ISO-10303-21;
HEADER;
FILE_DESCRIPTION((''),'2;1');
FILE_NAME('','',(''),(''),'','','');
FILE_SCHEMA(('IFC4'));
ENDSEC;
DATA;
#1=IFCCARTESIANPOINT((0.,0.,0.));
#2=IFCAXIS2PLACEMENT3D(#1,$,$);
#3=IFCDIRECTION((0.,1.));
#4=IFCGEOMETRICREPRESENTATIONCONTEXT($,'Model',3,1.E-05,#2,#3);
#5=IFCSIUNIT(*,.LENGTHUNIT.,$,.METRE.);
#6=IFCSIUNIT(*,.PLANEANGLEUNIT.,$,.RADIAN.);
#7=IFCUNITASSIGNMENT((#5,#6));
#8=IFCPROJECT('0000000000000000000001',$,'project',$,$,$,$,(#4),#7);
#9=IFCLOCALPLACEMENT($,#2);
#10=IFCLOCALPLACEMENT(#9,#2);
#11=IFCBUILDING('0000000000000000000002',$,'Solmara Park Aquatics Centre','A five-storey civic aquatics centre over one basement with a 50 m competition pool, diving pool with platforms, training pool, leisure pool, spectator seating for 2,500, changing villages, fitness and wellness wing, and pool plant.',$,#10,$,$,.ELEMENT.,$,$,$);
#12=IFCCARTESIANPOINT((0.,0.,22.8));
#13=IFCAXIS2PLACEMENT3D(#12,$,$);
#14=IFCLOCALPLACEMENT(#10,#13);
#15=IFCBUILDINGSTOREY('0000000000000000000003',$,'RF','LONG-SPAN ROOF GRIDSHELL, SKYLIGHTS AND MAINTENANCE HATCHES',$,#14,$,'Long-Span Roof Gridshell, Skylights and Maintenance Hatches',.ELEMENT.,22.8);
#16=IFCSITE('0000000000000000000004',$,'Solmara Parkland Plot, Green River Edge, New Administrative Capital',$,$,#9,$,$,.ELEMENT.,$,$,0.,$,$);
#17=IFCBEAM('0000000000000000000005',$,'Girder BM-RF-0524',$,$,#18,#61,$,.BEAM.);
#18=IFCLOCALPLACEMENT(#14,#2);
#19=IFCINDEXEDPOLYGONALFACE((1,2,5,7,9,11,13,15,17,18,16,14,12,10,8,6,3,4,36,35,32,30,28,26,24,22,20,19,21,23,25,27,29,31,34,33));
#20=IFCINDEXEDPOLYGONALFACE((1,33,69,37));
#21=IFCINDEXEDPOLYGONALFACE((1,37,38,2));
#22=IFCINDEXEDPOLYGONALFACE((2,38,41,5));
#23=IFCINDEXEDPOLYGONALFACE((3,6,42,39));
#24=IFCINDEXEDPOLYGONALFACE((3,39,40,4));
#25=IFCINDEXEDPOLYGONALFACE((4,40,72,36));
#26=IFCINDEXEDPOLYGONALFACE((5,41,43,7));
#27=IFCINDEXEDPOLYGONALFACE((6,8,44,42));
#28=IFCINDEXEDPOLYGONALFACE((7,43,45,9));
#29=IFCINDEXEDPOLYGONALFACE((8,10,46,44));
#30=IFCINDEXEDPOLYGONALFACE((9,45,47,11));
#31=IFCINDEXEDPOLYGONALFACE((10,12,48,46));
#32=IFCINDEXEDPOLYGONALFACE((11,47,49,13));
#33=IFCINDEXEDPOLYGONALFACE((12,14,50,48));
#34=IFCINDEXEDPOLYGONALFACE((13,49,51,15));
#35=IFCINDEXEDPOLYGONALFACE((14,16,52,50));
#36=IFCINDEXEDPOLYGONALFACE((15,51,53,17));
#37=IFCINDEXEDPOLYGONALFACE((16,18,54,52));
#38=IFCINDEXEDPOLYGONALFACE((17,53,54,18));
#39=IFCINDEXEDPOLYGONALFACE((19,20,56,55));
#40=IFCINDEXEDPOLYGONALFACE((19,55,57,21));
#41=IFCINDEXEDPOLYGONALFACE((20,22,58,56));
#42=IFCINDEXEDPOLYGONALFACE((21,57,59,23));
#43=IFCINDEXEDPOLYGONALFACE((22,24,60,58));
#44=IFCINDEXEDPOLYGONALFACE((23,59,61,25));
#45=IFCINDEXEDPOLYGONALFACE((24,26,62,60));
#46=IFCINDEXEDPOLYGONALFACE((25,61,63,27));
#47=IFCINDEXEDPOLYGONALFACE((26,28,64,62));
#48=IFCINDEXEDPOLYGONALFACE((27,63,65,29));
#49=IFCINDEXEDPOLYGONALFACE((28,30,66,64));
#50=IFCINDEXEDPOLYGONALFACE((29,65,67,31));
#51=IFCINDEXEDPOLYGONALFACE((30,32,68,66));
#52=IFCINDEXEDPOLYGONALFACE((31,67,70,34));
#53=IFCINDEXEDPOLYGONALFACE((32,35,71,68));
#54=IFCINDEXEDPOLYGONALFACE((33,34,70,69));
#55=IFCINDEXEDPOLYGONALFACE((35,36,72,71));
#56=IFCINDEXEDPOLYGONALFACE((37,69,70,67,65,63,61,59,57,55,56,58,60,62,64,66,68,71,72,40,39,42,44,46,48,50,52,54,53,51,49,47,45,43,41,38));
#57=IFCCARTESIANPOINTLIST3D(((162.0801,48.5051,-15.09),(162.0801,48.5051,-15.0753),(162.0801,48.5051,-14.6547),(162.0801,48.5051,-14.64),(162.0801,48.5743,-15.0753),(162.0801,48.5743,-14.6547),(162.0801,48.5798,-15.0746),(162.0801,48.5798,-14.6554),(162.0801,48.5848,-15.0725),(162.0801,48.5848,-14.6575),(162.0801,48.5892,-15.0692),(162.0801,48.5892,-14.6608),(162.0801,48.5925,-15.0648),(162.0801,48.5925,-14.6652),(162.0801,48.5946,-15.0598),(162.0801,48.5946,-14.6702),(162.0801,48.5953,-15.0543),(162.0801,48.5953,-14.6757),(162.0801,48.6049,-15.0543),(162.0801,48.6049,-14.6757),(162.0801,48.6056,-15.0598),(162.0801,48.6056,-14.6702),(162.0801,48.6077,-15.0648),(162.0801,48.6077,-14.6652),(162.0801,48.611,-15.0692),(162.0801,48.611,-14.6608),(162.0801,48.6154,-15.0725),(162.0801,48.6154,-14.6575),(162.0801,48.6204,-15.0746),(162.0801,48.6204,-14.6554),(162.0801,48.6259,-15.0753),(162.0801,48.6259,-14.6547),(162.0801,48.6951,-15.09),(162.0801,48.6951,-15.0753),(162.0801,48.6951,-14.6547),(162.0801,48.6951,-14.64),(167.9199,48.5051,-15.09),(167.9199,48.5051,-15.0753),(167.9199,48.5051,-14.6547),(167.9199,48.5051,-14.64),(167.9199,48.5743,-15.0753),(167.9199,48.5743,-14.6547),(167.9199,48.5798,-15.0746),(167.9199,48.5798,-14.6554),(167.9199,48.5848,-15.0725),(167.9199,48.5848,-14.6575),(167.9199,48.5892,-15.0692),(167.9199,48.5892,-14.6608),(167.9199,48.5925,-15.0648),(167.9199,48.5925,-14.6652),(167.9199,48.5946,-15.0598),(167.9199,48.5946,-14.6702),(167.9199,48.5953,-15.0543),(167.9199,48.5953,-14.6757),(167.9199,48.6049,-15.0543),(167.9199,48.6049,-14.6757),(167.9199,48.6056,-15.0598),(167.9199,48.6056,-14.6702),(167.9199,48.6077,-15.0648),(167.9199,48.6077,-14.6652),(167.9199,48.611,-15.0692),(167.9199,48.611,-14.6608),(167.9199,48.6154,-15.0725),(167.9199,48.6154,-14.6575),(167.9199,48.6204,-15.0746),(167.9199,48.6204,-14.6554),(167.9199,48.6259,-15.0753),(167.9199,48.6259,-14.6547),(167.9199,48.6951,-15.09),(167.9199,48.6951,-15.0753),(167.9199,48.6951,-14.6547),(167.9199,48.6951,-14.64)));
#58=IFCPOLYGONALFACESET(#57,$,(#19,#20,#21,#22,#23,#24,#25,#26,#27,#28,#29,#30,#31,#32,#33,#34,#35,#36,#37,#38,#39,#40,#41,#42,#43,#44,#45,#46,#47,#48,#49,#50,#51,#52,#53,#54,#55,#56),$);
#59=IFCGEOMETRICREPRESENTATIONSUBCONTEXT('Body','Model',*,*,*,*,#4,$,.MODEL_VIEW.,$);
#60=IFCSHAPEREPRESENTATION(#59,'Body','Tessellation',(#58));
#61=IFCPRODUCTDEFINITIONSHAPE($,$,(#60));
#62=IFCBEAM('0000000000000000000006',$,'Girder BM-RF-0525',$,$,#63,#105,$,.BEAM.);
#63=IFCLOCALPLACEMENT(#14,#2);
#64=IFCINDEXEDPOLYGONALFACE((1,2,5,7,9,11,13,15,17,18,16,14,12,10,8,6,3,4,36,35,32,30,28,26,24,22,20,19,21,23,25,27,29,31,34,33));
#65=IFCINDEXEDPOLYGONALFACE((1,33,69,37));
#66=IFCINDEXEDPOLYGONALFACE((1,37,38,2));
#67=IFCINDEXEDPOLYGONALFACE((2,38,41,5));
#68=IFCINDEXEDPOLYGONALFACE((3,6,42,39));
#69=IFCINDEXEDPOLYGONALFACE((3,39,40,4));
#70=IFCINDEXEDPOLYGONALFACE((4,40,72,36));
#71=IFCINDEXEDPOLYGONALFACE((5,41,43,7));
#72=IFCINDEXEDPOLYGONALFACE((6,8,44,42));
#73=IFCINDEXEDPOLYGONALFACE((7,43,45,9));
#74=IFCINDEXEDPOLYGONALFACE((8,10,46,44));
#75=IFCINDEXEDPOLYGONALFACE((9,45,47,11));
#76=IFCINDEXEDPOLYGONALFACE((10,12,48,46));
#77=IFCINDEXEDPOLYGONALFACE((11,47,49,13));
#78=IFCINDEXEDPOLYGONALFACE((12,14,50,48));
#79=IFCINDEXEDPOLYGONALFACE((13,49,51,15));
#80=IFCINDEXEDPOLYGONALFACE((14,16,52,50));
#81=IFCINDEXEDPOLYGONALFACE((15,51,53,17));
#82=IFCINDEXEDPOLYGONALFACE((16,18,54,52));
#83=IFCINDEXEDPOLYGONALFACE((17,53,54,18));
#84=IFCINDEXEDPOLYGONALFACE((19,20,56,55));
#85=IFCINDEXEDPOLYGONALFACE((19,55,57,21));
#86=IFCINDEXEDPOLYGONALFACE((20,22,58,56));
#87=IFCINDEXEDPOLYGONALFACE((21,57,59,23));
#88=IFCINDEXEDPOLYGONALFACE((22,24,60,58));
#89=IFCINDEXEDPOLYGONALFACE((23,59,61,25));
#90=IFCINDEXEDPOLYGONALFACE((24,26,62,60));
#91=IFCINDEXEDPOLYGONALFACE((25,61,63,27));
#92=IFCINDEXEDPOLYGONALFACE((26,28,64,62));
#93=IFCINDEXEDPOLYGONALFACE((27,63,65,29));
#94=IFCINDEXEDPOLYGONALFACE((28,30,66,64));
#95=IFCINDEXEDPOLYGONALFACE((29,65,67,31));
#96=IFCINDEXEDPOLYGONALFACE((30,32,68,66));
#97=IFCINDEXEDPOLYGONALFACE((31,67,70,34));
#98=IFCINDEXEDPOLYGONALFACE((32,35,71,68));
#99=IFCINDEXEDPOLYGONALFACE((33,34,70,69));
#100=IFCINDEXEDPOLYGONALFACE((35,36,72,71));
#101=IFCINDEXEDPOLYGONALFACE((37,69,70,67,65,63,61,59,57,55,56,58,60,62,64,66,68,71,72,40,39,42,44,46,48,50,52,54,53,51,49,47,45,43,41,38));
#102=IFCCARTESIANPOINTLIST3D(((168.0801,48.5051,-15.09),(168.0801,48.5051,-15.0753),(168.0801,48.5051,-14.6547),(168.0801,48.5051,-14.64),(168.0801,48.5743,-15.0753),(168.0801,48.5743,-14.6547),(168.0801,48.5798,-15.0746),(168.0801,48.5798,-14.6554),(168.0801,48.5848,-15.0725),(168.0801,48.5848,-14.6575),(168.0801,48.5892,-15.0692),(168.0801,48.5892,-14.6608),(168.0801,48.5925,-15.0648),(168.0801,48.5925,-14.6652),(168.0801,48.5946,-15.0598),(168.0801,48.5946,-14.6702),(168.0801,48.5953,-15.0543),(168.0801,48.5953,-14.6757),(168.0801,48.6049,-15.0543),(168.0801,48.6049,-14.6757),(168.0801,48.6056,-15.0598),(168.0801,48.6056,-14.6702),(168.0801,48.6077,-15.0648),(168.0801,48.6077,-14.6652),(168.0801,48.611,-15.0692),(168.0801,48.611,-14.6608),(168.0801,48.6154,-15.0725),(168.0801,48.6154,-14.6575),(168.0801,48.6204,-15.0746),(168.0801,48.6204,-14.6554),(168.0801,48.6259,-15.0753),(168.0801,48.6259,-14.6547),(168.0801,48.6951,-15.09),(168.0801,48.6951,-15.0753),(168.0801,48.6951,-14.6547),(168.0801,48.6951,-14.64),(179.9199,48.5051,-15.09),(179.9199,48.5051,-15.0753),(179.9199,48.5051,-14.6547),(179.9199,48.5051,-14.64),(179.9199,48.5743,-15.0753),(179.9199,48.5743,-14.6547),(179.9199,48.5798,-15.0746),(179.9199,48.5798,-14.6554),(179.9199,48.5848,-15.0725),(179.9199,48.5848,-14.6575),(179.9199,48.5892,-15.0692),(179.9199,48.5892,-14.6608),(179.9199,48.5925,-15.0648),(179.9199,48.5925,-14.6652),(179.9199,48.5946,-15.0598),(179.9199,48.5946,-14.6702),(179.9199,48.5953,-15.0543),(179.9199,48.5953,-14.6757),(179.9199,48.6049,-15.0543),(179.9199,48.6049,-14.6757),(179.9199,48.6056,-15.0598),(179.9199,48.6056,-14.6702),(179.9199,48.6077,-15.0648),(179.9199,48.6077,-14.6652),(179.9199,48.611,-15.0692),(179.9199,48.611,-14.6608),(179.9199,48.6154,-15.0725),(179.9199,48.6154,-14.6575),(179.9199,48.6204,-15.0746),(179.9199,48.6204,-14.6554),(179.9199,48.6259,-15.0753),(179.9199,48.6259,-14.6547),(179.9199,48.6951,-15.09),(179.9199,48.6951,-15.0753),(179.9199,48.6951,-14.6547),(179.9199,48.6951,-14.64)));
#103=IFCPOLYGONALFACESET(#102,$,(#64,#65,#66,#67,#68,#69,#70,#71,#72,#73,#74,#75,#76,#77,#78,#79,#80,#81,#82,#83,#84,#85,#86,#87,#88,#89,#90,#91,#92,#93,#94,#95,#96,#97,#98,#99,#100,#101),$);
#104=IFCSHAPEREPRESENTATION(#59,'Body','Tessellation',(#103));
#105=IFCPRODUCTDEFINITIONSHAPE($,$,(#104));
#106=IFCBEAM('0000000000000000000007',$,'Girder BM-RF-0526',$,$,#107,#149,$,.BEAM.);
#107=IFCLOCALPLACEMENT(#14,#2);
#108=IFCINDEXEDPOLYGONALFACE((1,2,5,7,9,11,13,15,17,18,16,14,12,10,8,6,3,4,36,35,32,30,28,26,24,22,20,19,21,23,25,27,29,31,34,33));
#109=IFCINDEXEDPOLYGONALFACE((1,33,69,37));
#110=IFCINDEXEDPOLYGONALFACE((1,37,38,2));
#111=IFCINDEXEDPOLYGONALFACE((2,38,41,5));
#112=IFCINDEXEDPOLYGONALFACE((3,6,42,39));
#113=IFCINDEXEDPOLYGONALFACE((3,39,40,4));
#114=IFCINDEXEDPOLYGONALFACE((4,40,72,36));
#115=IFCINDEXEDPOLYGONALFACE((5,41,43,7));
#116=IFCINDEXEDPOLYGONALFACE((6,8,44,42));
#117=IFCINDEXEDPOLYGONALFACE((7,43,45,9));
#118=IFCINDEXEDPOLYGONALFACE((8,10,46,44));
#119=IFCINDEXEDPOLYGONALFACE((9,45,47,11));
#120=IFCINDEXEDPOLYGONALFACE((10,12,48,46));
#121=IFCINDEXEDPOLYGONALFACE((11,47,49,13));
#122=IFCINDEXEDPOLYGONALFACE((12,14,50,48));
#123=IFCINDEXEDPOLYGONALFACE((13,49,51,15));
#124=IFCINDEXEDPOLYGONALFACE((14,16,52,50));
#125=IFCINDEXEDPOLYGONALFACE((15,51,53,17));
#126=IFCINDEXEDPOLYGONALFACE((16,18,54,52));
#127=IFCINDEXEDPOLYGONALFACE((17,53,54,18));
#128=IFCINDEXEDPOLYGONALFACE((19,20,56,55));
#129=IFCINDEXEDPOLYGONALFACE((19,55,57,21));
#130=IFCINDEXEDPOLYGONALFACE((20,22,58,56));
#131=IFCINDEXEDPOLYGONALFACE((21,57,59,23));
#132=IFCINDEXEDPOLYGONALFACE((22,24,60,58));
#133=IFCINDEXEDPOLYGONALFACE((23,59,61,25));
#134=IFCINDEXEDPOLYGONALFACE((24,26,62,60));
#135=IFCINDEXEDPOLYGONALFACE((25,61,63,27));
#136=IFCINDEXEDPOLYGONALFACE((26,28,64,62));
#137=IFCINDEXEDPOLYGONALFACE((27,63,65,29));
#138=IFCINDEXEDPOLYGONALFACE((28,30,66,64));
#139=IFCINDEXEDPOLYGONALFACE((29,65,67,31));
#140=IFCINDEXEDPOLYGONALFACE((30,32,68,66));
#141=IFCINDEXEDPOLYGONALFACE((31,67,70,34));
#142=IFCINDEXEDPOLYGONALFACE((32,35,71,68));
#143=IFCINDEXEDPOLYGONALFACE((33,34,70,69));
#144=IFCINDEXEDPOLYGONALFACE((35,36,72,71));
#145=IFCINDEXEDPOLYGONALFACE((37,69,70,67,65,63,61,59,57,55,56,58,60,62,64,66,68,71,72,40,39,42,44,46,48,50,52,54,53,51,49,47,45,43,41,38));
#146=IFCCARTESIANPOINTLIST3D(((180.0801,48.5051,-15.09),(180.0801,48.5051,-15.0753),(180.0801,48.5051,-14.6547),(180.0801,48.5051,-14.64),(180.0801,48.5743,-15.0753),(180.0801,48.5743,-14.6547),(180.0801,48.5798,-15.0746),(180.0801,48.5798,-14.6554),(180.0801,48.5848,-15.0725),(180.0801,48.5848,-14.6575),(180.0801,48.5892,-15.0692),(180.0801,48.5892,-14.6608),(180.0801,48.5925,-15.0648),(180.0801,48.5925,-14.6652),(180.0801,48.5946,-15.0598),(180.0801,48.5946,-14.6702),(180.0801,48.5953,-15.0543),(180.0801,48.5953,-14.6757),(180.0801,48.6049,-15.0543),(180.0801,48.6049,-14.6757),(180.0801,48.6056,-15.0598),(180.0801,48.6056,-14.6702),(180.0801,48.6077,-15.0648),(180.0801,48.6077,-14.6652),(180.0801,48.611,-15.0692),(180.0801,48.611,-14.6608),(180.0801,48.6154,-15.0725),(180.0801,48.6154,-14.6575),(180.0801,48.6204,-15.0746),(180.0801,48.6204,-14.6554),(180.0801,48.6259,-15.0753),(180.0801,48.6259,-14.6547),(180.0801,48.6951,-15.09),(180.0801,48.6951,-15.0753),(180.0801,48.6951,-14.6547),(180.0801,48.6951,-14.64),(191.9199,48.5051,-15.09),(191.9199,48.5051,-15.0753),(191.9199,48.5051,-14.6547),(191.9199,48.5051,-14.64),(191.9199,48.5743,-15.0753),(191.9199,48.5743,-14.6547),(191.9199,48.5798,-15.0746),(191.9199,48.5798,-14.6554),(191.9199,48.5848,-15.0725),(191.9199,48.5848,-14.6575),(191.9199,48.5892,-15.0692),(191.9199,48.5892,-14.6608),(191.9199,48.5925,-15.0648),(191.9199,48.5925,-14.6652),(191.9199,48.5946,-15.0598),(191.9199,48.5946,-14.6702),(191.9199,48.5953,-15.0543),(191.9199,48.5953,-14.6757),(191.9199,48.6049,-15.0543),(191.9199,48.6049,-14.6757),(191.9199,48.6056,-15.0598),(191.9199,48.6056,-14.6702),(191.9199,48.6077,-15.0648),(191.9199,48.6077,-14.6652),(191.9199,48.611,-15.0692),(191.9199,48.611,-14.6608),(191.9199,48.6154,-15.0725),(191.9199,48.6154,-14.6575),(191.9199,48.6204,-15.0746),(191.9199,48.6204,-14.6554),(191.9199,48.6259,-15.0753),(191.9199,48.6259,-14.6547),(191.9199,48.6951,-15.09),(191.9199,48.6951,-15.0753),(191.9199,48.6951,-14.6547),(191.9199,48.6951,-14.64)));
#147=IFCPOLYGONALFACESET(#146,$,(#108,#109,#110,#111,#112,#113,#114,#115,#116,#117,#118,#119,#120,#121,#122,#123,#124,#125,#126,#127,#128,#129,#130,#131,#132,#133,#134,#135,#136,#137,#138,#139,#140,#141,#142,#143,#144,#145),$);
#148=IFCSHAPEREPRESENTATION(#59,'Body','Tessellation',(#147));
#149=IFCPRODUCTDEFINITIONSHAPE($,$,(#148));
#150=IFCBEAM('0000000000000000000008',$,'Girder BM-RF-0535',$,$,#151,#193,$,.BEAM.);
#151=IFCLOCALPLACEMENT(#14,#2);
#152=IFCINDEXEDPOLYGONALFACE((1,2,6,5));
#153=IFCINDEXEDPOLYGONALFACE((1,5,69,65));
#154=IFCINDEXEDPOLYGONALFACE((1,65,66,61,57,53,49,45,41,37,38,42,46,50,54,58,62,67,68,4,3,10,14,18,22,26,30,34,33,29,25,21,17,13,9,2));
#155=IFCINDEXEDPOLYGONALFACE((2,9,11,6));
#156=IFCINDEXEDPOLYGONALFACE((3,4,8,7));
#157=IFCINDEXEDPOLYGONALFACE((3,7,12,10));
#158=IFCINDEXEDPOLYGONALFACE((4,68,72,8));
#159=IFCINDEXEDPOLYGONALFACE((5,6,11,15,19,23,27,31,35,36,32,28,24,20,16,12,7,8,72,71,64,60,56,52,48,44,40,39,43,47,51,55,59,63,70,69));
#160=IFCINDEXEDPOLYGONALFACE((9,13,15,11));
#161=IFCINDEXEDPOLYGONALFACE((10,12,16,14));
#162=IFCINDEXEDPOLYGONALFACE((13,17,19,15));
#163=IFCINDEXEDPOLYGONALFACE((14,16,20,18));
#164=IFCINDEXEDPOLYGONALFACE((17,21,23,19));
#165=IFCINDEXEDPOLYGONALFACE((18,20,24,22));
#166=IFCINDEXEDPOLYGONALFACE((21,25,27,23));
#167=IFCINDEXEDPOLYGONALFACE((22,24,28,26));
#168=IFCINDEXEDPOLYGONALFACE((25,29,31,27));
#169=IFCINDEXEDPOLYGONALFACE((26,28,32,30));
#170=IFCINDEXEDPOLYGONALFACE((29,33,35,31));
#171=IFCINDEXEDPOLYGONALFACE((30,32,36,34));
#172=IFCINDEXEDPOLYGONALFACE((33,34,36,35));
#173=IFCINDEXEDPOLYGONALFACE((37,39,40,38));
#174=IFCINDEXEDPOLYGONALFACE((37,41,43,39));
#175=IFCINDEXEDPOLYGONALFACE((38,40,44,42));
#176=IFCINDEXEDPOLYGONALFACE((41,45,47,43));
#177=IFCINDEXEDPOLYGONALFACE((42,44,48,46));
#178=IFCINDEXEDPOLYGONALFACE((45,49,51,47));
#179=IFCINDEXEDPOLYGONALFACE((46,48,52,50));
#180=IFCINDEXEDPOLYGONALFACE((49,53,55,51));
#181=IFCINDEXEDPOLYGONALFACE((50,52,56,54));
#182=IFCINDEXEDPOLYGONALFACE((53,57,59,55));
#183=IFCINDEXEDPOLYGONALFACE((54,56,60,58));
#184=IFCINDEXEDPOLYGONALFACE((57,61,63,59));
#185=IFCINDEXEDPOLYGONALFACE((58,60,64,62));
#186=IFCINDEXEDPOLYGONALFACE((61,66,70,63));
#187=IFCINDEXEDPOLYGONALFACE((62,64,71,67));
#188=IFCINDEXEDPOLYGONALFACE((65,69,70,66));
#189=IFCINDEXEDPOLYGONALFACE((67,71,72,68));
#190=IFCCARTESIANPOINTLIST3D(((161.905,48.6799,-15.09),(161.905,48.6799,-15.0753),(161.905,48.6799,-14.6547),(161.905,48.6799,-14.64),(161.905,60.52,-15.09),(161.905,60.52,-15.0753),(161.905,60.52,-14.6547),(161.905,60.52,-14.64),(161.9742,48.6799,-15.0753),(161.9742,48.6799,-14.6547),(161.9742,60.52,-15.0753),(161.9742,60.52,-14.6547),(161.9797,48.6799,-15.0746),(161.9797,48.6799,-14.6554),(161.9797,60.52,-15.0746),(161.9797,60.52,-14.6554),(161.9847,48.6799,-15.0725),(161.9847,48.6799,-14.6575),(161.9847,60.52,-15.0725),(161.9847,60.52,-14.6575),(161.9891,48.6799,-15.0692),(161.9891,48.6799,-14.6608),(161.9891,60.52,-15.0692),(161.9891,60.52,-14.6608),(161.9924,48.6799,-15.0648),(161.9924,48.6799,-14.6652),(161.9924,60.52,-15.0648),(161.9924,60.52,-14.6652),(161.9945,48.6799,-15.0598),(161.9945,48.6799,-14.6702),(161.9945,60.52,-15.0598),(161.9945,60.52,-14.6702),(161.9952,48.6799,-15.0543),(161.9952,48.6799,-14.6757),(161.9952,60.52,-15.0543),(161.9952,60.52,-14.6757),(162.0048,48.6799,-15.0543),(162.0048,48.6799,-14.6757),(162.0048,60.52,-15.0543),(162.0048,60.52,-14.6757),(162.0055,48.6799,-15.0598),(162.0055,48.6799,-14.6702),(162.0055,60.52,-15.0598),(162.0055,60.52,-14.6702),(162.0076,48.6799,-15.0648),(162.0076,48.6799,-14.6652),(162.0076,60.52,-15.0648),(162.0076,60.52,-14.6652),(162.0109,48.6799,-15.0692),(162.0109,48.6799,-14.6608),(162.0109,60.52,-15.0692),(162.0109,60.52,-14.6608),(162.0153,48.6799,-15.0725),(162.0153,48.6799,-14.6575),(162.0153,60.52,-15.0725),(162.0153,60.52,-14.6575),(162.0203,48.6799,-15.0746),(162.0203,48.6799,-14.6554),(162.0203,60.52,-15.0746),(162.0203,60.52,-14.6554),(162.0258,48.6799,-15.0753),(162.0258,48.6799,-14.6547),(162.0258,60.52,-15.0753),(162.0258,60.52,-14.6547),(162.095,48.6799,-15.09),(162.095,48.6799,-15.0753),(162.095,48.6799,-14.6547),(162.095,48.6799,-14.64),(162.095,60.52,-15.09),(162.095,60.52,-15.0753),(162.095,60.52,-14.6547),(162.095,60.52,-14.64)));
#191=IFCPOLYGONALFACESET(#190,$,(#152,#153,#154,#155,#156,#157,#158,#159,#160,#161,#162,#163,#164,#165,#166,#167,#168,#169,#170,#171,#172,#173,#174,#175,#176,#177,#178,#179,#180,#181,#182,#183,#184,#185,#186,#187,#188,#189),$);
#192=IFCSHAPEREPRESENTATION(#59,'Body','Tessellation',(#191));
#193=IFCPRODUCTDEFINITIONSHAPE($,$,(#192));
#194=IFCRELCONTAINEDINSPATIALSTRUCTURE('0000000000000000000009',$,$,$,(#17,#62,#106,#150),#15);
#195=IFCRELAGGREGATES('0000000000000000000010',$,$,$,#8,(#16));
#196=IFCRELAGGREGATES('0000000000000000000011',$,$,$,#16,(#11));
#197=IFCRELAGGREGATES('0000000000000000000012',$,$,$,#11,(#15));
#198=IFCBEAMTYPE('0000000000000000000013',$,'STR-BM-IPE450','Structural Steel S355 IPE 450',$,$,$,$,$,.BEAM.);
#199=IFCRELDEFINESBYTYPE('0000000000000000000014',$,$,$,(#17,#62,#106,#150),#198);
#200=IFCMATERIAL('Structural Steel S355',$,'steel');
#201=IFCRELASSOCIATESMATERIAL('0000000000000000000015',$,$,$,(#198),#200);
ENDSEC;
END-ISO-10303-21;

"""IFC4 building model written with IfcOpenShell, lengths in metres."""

from ifc_helpers import new_model, si_unit, direction, frame, origin, origin_2d, place, context, subcontext, project, spatial, i_section, extrude, material, material_profile, profile_set, type_object, element, save


model = new_model("IFC4")

# Units and contexts
model_context = context("Model", 3, precision=1e-05, world=origin(), true_north=direction((0.0, 1.0)))
body_context = subcontext(model_context, "Body", "Model", "MODEL_VIEW")
ifc_project = project(units=[si_unit("LENGTHUNIT", "METRE"), si_unit("PLANEANGLEUNIT", "RADIAN")], contexts=[model_context])

# Site, building, storey
site_placement = place(None, origin())
site = spatial("IfcSite", under=ifc_project, at=site_placement, Name="Solmara Parkland Plot, Green River Edge, New Administrative Capital", CompositionType="ELEMENT", RefElevation=0.0)
building_placement = place(site_placement, origin())
building = spatial("IfcBuilding", under=site, at=building_placement, Name="Solmara Park Aquatics Centre", Description="A five-storey civic aquatics centre over one basement with a 50 m competition pool, diving pool with platforms, training pool, leisure pool, spectator seating for 2,500, changing villages, fitness and wellness wing, and pool plant.", CompositionType="ELEMENT")
storey_placement = place(building_placement, frame((0.0, 0.0, 22.8)))
storey = spatial("IfcBuildingStorey", under=building, at=storey_placement, Name="RF", Description="LONG-SPAN ROOF GRIDSHELL, SKYLIGHTS AND MAINTENANCE HATCHES", LongName="Long-Span Roof Gridshell, Skylights and Maintenance Hatches", CompositionType="ELEMENT", Elevation=22.8)

# Shared definitions
ifc_material_1 = material(Name="Structural Steel S355", Category="steel")

# Beams
ifc_material_profile_1 = material_profile(ifc_material_1, i_section(OverallWidth=0.1899, OverallDepth=0.45, WebThickness=0.0095, FlangeThickness=0.0146, FilletRadius=0.021, at=origin_2d()), Name="IPE 450")
ifc_profile_set_1 = profile_set([ifc_material_profile_1], Name="Structural Steel S355")
beam_type_1 = type_object("IfcBeamType", Name="STR-BM-IPE450", Description="Structural Steel S355 IPE 450", PredefinedType="BEAM", material=ifc_profile_set_1)
beam_1_placement = place(storey_placement, frame((162.0801, 48.6001, -14.865), z_axis=(1.0, 0.0, 0.0), x_axis=(0.0, 1.0, 0.0)))
element("IfcBeam", 1, at=beam_1_placement, inside=storey, type_object=beam_type_1, Name="Girder BM-RF-0524", PredefinedType="BEAM", context=body_context, shape_type="SweptSolid", body=[
    extrude(i_section(OverallWidth=0.1899, OverallDepth=0.45, WebThickness=0.0095, FlangeThickness=0.0146, FilletRadius=0.021, at=origin_2d()), origin(), (0.0, 0.0, 1.0), 5.8398),
])
for number, where, z_axis, x_axis, name in (
    (2, (168.0801, 48.6001, -14.865), (1.0, 0.0, 0.0), (0.0, 1.0, 0.0), "Girder BM-RF-0525"),
    (3, (180.0801, 48.6001, -14.865), (1.0, 0.0, 0.0), (0.0, 1.0, 0.0), "Girder BM-RF-0526"),
):
    element("IfcBeam", number, at=place(storey_placement, frame(where, z_axis=z_axis, x_axis=x_axis)), inside=storey, type_object=beam_type_1, Name=name, PredefinedType="BEAM", context=body_context, shape_type="SweptSolid", body=[
        extrude(i_section(OverallWidth=0.1899, OverallDepth=0.45, WebThickness=0.0095, FlangeThickness=0.0146, FilletRadius=0.021, at=origin_2d()), origin(), (0.0, 0.0, 1.0), 11.8398),
    ])
for number, where, z_axis, x_axis, name in (
    (4, (162.0, 48.6799, -14.865), (0.0, 1.0, 0.0), (-1.0, 0.0, 0.0), "Girder BM-RF-0535"),
):
    element("IfcBeam", number, at=place(storey_placement, frame(where, z_axis=z_axis, x_axis=x_axis)), inside=storey, type_object=beam_type_1, Name=name, PredefinedType="BEAM", context=body_context, shape_type="SweptSolid", body=[
        extrude(i_section(OverallWidth=0.1899, OverallDepth=0.45, WebThickness=0.0095, FlangeThickness=0.0146, FilletRadius=0.021, at=origin_2d()), origin(), (0.0, 0.0, 1.0), 11.8401),
    ])

save(model, "model.ifc")
